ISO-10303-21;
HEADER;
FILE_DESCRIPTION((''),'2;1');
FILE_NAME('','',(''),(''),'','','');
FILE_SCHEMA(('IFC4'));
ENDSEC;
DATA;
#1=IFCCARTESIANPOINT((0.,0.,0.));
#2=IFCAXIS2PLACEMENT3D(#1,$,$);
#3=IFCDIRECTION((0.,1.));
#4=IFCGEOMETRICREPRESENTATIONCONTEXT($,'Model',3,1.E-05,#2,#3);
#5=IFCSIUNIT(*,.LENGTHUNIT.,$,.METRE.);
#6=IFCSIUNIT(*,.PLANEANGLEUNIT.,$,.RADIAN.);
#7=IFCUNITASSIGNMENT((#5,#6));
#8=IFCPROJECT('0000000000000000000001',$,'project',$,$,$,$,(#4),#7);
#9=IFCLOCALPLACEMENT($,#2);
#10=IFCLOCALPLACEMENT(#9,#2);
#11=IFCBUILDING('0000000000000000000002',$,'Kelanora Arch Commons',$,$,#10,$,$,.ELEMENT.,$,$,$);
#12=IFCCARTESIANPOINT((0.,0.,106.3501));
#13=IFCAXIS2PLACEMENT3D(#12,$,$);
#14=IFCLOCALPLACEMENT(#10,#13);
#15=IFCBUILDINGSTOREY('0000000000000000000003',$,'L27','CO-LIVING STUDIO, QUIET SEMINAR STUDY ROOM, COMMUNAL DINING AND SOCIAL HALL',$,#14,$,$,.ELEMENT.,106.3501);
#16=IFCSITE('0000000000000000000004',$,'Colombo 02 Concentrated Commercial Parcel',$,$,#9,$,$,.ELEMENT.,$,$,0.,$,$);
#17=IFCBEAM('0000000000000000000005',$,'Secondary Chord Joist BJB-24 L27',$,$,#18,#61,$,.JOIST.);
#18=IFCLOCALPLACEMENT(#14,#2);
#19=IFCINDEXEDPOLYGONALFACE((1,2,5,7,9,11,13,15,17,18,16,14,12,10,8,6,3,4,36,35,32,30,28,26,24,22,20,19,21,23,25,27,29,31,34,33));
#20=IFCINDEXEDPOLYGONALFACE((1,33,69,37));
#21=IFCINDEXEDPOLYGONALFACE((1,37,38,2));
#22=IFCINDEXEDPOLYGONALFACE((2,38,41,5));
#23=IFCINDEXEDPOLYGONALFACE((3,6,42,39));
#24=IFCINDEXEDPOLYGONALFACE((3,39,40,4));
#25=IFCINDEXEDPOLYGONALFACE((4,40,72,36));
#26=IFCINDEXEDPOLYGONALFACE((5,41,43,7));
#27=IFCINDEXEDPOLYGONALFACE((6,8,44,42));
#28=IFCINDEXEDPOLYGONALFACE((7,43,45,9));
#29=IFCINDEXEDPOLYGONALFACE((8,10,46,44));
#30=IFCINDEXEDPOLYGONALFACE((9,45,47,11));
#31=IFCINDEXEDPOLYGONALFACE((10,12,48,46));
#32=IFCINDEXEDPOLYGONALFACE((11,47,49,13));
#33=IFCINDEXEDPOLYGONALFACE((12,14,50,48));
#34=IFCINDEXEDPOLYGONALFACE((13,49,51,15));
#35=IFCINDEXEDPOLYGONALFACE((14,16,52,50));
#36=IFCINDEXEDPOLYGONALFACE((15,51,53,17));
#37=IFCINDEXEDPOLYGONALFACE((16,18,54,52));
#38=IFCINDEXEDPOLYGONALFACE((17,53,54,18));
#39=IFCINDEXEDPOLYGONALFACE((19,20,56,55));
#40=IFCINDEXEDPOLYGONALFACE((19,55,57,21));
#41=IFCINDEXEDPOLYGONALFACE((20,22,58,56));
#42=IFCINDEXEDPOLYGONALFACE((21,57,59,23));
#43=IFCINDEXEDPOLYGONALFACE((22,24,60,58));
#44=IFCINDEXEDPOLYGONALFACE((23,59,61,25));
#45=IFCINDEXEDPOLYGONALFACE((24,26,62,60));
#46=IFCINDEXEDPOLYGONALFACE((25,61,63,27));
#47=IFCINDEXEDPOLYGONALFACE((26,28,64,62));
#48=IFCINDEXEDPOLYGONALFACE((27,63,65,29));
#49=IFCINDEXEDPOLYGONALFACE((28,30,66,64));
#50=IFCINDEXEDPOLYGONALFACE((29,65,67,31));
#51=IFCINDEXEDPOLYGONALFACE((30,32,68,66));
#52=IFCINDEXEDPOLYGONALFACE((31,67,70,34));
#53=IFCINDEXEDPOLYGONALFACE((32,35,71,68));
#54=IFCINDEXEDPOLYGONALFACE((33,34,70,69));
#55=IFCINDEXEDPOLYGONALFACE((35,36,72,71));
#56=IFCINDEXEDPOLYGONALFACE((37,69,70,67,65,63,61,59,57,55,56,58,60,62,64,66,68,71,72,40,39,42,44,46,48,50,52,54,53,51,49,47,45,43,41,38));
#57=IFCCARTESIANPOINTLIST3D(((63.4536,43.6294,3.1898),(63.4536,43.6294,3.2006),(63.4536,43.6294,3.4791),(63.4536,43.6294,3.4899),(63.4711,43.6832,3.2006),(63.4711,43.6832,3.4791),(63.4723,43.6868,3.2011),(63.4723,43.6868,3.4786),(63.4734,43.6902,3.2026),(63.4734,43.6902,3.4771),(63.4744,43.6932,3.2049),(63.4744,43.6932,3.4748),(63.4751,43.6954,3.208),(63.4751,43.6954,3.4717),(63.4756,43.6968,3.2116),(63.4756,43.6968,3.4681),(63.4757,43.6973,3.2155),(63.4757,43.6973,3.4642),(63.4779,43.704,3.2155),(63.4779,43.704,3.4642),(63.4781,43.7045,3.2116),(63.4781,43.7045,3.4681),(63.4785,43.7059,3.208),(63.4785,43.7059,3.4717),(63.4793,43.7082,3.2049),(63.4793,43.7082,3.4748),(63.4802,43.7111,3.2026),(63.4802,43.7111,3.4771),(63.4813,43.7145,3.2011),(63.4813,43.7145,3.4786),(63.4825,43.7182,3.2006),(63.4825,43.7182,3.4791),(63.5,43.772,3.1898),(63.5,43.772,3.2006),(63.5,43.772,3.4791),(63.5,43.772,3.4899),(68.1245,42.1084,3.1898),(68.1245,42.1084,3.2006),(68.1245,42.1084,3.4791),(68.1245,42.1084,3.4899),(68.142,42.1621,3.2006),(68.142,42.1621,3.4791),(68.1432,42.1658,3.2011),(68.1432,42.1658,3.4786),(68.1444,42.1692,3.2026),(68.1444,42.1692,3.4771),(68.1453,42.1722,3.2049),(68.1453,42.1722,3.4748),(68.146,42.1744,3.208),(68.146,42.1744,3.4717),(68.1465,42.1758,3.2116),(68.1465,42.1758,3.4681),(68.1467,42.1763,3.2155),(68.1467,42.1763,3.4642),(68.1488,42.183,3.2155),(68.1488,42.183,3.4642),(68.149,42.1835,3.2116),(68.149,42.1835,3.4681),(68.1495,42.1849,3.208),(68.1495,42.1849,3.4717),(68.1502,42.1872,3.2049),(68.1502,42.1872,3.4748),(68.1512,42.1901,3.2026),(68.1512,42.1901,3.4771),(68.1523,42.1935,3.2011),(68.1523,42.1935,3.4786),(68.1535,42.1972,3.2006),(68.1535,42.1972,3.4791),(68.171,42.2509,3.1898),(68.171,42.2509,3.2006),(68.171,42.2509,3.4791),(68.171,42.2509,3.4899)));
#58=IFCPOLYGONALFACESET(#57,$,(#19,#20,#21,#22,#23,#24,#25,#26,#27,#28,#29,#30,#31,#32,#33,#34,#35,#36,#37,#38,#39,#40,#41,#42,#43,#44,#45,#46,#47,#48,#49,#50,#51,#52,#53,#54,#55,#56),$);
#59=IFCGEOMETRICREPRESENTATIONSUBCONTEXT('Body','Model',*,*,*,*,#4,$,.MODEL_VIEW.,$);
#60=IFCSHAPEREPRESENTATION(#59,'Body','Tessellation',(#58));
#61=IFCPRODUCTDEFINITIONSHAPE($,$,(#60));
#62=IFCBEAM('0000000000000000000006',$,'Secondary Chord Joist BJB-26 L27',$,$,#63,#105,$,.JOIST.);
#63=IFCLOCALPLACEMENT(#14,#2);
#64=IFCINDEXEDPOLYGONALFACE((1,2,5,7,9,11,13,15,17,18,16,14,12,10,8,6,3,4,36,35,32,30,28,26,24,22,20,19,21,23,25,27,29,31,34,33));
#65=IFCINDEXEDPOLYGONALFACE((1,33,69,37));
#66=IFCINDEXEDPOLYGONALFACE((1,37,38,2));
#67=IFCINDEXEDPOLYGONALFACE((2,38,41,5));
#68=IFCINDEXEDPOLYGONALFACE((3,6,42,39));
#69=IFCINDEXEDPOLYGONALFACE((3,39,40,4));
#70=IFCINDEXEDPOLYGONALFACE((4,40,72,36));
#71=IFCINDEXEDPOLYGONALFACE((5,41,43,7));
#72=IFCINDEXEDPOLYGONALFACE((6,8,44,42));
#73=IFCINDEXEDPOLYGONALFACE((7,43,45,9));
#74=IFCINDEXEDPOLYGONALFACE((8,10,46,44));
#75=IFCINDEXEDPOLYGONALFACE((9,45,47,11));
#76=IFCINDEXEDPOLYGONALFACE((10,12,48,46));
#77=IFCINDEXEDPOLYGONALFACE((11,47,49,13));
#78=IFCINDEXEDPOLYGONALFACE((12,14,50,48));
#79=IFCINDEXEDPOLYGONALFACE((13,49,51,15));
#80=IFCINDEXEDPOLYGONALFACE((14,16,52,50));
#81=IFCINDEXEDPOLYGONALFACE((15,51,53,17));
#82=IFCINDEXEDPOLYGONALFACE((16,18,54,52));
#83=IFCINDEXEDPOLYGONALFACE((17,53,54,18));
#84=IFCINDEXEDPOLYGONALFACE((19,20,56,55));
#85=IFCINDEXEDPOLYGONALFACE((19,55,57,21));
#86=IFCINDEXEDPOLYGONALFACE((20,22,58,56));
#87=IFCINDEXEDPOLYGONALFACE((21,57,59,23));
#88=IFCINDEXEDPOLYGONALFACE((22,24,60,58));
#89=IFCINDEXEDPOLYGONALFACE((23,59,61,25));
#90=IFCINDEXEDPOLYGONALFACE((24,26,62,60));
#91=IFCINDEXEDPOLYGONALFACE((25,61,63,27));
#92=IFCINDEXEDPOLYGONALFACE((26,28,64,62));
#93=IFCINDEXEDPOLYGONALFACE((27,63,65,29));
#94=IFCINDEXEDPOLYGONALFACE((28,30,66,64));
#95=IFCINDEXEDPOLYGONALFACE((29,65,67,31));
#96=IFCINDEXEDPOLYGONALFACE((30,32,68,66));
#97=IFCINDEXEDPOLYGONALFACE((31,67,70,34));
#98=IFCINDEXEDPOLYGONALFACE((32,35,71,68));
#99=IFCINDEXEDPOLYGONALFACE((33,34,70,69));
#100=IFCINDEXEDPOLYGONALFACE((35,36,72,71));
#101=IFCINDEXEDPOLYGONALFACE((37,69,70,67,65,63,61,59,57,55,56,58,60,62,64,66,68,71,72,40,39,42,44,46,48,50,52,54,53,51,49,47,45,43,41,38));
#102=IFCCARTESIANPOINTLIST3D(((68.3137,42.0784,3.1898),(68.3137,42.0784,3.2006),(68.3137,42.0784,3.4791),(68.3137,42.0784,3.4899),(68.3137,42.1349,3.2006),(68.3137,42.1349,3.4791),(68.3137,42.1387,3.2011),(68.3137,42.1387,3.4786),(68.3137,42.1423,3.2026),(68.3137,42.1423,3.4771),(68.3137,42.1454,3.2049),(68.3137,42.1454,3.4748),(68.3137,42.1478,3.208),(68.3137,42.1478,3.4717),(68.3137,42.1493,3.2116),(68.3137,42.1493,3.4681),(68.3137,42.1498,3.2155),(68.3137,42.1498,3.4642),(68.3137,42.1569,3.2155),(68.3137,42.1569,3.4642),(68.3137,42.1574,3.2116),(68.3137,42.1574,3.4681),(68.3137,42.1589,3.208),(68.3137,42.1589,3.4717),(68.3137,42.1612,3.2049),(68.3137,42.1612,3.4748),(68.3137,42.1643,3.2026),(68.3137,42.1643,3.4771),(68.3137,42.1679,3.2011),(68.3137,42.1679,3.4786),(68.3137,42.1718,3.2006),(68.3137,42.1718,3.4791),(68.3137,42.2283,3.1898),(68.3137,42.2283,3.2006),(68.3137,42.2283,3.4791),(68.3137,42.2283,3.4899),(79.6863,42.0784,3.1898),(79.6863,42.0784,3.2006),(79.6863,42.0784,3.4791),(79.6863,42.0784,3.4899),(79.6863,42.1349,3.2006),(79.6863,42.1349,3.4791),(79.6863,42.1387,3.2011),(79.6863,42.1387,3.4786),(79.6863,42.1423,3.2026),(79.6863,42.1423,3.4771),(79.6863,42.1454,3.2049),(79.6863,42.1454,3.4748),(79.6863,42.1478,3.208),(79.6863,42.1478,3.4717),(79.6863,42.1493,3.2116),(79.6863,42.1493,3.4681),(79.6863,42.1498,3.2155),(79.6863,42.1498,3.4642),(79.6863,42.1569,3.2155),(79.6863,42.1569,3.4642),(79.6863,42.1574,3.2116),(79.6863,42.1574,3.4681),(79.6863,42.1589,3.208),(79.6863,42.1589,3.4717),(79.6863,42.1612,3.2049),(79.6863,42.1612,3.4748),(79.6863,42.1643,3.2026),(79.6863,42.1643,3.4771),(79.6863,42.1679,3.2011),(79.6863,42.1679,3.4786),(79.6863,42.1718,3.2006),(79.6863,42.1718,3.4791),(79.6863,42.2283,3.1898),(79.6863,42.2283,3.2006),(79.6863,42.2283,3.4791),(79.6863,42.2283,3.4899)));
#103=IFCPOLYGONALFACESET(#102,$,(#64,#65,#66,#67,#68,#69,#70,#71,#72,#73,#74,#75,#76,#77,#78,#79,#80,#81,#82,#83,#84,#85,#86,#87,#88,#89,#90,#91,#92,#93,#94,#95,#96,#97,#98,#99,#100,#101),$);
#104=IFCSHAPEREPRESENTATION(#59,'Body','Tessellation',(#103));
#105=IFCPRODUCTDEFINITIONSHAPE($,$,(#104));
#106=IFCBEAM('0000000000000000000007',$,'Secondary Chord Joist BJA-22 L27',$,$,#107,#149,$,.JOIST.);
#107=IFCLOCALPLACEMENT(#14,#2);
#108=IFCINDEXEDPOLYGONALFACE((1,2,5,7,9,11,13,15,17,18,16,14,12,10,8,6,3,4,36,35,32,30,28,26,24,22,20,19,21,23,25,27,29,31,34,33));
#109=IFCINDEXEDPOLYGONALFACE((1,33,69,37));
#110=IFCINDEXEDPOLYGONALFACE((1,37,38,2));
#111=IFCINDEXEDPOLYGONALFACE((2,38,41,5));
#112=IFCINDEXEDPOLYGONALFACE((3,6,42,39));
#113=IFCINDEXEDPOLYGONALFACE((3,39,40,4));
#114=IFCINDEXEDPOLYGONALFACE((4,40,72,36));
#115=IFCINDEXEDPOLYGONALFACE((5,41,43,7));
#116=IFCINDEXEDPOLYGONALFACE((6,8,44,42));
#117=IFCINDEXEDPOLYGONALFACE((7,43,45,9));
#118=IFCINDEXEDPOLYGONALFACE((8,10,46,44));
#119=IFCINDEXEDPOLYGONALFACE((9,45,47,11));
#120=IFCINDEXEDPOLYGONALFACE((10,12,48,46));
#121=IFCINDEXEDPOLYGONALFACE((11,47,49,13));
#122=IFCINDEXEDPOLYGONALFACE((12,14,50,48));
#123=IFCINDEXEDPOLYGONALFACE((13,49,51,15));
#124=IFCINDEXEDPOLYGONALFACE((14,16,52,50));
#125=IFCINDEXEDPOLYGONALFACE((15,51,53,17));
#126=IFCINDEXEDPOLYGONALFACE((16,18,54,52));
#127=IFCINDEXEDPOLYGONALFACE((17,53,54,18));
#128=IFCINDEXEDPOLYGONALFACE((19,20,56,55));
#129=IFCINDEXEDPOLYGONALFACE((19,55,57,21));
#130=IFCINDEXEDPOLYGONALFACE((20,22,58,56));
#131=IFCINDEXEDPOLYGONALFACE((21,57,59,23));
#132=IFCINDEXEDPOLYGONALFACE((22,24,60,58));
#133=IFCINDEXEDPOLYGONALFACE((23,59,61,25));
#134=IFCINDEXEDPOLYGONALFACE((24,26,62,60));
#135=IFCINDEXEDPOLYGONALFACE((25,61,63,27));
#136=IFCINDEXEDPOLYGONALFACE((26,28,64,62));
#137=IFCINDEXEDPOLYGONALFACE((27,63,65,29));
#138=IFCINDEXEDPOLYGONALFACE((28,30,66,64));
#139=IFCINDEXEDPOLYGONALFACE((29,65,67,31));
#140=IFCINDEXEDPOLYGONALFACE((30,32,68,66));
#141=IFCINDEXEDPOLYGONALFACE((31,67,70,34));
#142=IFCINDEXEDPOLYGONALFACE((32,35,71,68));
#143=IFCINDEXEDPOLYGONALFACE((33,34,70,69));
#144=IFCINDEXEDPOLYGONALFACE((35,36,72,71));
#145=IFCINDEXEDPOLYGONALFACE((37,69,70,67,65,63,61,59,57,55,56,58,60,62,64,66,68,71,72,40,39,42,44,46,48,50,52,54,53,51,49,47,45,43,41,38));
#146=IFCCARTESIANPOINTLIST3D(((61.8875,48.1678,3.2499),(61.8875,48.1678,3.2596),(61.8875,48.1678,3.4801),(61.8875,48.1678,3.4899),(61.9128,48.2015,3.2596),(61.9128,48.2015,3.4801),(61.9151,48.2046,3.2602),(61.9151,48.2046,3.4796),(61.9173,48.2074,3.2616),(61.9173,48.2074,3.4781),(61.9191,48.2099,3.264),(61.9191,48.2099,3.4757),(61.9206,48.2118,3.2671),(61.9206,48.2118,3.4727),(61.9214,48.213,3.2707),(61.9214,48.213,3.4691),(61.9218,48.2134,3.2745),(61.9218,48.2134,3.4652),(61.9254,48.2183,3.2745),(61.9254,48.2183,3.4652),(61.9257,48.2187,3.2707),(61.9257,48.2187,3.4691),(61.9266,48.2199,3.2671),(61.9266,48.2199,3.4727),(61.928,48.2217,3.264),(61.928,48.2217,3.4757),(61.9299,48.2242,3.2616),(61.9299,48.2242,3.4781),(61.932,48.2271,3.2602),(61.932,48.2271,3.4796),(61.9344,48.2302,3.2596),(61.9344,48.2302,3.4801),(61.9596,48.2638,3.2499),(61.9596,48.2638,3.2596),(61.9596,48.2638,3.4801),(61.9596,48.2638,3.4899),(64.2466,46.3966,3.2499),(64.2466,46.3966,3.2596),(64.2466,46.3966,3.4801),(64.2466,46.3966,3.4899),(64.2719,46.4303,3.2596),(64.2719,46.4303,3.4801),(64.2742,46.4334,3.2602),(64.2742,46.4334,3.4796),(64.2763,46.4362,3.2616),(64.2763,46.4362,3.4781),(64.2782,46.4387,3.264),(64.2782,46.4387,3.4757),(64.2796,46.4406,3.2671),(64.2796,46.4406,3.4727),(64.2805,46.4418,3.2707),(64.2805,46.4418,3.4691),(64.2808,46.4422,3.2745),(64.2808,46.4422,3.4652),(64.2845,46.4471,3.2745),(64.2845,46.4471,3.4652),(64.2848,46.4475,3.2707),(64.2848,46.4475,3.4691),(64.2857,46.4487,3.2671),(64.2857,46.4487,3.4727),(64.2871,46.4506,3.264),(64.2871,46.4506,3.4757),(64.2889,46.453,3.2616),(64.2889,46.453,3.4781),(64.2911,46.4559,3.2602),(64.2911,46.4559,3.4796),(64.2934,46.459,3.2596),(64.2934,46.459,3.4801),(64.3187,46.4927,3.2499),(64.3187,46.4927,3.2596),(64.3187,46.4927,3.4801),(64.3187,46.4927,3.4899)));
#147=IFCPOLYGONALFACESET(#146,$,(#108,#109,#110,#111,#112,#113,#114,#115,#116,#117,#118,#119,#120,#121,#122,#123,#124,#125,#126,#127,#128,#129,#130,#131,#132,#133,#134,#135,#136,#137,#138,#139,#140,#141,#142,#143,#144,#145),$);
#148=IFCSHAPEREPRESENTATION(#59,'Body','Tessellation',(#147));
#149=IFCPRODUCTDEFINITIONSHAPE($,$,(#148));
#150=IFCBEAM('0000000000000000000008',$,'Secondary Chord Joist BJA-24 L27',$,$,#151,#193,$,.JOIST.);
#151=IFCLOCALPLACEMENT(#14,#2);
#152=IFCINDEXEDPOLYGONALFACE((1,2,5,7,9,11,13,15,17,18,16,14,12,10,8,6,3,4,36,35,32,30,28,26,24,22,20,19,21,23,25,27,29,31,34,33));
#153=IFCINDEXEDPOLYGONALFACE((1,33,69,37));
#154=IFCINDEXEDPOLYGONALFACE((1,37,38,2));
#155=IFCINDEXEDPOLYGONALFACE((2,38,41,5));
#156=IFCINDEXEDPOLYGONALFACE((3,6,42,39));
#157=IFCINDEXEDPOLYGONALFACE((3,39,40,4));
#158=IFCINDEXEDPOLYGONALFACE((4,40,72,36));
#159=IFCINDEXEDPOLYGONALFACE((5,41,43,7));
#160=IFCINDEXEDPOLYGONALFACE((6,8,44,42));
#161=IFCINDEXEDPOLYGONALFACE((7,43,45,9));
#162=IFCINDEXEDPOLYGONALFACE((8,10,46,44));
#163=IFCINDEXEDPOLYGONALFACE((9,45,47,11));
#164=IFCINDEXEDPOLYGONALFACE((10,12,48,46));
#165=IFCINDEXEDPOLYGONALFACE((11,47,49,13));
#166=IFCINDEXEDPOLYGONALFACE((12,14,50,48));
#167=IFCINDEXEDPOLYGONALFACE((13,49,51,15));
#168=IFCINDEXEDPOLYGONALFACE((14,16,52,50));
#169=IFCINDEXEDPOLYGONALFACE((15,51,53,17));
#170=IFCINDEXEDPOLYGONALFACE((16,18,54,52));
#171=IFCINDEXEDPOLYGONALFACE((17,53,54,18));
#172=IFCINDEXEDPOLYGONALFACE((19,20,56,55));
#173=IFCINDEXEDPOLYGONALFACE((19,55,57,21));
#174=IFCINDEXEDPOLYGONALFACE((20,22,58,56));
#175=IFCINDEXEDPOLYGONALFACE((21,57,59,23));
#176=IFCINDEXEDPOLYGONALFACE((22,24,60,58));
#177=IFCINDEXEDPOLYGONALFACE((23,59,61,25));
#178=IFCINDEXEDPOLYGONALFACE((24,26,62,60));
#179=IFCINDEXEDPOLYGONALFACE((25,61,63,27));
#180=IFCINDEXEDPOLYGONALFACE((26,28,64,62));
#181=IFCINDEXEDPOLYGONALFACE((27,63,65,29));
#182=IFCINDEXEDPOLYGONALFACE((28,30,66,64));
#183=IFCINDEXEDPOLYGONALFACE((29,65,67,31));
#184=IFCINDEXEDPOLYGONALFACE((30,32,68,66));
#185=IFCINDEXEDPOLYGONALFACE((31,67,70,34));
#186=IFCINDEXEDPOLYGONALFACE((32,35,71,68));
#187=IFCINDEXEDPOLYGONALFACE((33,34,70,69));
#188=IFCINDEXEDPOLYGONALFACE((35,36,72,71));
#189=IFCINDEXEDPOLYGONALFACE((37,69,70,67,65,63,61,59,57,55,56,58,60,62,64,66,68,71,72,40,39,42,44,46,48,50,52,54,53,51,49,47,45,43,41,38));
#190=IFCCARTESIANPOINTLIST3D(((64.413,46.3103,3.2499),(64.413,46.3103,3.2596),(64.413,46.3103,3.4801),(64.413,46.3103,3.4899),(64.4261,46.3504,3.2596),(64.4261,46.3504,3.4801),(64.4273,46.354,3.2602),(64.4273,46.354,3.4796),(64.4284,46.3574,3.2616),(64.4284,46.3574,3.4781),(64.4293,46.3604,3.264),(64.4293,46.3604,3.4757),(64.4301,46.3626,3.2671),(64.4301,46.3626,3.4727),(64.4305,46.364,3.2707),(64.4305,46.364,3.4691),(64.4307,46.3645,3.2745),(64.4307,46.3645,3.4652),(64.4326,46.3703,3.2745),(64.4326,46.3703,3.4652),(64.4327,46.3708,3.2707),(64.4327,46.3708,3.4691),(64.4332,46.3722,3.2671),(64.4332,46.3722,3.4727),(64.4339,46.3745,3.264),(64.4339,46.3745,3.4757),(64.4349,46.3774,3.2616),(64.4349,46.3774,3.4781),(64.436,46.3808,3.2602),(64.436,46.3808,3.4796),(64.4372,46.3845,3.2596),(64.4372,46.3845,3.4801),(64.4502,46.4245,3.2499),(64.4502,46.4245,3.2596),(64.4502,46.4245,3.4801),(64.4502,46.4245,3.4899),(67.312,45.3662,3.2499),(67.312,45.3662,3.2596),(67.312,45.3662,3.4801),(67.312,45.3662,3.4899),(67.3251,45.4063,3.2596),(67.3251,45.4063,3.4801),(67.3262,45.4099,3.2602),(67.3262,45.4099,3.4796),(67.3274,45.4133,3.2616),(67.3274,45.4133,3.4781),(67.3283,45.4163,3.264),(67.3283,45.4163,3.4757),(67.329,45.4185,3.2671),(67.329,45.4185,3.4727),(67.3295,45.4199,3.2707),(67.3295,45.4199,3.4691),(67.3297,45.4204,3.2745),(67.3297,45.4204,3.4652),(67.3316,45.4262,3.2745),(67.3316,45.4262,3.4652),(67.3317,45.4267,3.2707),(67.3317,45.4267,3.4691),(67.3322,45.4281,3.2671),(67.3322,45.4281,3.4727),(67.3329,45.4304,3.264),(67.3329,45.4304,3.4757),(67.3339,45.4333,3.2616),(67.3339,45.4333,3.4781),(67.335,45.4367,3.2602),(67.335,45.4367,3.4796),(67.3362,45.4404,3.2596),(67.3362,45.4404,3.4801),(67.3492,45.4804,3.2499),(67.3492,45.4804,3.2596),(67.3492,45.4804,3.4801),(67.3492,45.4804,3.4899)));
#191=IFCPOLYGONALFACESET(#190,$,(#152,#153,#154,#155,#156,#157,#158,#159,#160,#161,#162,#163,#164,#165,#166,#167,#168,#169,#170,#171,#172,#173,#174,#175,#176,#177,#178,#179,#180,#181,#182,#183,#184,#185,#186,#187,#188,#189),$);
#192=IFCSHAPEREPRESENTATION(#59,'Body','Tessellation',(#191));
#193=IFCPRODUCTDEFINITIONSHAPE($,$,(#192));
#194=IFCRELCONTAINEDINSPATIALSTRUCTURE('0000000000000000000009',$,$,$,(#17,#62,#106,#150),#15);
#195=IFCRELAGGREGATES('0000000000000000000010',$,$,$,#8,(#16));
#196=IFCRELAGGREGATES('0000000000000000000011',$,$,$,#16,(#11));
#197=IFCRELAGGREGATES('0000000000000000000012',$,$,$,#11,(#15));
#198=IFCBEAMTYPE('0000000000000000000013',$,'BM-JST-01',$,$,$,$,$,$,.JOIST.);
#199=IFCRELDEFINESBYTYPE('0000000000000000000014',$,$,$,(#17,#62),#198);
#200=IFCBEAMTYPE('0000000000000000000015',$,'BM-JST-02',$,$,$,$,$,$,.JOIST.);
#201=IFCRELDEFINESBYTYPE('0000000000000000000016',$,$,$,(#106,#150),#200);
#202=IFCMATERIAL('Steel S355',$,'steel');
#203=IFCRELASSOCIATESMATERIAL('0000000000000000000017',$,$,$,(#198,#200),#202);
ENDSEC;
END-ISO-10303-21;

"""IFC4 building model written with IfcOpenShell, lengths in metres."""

from ifc_helpers import new_model, si_unit, direction, frame, origin, origin_2d, place, context, subcontext, project, spatial, i_section, extrude, material, material_profile, profile_set, type_object, element, save


model = new_model("IFC4")

# Units and contexts
model_context = context("Model", 3, precision=1e-05, world=origin(), true_north=direction((0.0, 1.0)))
body_context = subcontext(model_context, "Body", "Model", "MODEL_VIEW")
ifc_project = project(units=[si_unit("LENGTHUNIT", "METRE"), si_unit("PLANEANGLEUNIT", "RADIAN")], contexts=[model_context])

# Site, building, storey
site_placement = place(None, origin())
site = spatial("IfcSite", under=ifc_project, at=site_placement, Name="Colombo 02 Concentrated Commercial Parcel", CompositionType="ELEMENT", RefElevation=0.0)
building_placement = place(site_placement, origin())
building = spatial("IfcBuilding", under=site, at=building_placement, Name="Kelanora Arch Commons", CompositionType="ELEMENT")
storey_placement = place(building_placement, frame((0.0, 0.0, 106.3501)))
storey = spatial("IfcBuildingStorey", under=building, at=storey_placement, Name="L27", Description="CO-LIVING STUDIO, QUIET SEMINAR STUDY ROOM, COMMUNAL DINING AND SOCIAL HALL", CompositionType="ELEMENT", Elevation=106.3501)

# Beams
ifc_material_1 = material(Name="Steel S355", Category="steel")
ifc_material_profile_1 = material_profile(ifc_material_1, i_section(OverallWidth=0.1499, OverallDepth=0.3, WebThickness=0.0071, FlangeThickness=0.0107, FilletRadius=0.0149, at=origin_2d()), Name="IPE300")
ifc_profile_set_1 = profile_set([ifc_material_profile_1], Name="Steel S355")
beam_type_1 = type_object("IfcBeamType", Name="BM-JST-01", PredefinedType="JOIST", material=ifc_profile_set_1)
beam_1_placement = place(storey_placement, frame((63.4768, 43.7007, 3.3398), z_axis=(0.950857, -0.30963, 0.0), x_axis=(0.30963, 0.950857, 0.0)))
element("IfcBeam", 1, at=beam_1_placement, inside=storey, type_object=beam_type_1, Name="Secondary Chord Joist BJB-24 L27", PredefinedType="JOIST", context=body_context, shape_type="SweptSolid", body=[
    extrude(i_section(OverallWidth=0.1499, OverallDepth=0.3, WebThickness=0.0071, FlangeThickness=0.0107, FilletRadius=0.0149, at=origin_2d()), origin(), (0.0, 0.0, 1.0), 4.9124),
])
beam_2_placement = place(storey_placement, frame((68.3137, 42.1533, 3.3398), z_axis=(1.0, 0.0, 0.0), x_axis=(0.0, 1.0, 0.0)))
element("IfcBeam", 2, at=beam_2_placement, inside=storey, type_object=beam_type_1, Name="Secondary Chord Joist BJB-26 L27", PredefinedType="JOIST", context=body_context, shape_type="SweptSolid", body=[
    extrude(i_section(OverallWidth=0.1499, OverallDepth=0.3, WebThickness=0.0071, FlangeThickness=0.0107, FilletRadius=0.0149, at=origin_2d()), origin(), (0.0, 0.0, 1.0), 11.3726),
])
ifc_material_profile_2 = material_profile(ifc_material_1, i_section(OverallWidth=0.1201, OverallDepth=0.24, WebThickness=0.0061, FlangeThickness=0.0098, FilletRadius=0.0149, at=origin_2d()), Name="IPE240")
ifc_profile_set_2 = profile_set([ifc_material_profile_2], Name="Steel S355")
beam_type_2 = type_object("IfcBeamType", Name="BM-JST-02", PredefinedType="JOIST", material=ifc_profile_set_2)
beam_3_placement = place(storey_placement, frame((61.9236, 48.2158, 3.3699), z_axis=(0.799692, -0.60041, 0.0), x_axis=(0.60041, 0.799692, 0.0)))
element("IfcBeam", 3, at=beam_3_placement, inside=storey, type_object=beam_type_2, Name="Secondary Chord Joist BJA-22 L27", PredefinedType="JOIST", context=body_context, shape_type="SweptSolid", body=[
    extrude(i_section(OverallWidth=0.1201, OverallDepth=0.24, WebThickness=0.0061, FlangeThickness=0.0098, FilletRadius=0.0149, at=origin_2d()), origin(), (0.0, 0.0, 1.0), 2.95),
])
beam_4_placement = place(storey_placement, frame((64.4316, 46.3674, 3.3699), z_axis=(0.950847, -0.309662, 0.0), x_axis=(0.309662, 0.950847, 0.0)))
element("IfcBeam", 4, at=beam_4_placement, inside=storey, type_object=beam_type_2, Name="Secondary Chord Joist BJA-24 L27", PredefinedType="JOIST", context=body_context, shape_type="SweptSolid", body=[
    extrude(i_section(OverallWidth=0.1201, OverallDepth=0.24, WebThickness=0.0061, FlangeThickness=0.0098, FilletRadius=0.0149, at=origin_2d()), origin(), (0.0, 0.0, 1.0), 3.0488),
])

save(model, "model.ifc")
